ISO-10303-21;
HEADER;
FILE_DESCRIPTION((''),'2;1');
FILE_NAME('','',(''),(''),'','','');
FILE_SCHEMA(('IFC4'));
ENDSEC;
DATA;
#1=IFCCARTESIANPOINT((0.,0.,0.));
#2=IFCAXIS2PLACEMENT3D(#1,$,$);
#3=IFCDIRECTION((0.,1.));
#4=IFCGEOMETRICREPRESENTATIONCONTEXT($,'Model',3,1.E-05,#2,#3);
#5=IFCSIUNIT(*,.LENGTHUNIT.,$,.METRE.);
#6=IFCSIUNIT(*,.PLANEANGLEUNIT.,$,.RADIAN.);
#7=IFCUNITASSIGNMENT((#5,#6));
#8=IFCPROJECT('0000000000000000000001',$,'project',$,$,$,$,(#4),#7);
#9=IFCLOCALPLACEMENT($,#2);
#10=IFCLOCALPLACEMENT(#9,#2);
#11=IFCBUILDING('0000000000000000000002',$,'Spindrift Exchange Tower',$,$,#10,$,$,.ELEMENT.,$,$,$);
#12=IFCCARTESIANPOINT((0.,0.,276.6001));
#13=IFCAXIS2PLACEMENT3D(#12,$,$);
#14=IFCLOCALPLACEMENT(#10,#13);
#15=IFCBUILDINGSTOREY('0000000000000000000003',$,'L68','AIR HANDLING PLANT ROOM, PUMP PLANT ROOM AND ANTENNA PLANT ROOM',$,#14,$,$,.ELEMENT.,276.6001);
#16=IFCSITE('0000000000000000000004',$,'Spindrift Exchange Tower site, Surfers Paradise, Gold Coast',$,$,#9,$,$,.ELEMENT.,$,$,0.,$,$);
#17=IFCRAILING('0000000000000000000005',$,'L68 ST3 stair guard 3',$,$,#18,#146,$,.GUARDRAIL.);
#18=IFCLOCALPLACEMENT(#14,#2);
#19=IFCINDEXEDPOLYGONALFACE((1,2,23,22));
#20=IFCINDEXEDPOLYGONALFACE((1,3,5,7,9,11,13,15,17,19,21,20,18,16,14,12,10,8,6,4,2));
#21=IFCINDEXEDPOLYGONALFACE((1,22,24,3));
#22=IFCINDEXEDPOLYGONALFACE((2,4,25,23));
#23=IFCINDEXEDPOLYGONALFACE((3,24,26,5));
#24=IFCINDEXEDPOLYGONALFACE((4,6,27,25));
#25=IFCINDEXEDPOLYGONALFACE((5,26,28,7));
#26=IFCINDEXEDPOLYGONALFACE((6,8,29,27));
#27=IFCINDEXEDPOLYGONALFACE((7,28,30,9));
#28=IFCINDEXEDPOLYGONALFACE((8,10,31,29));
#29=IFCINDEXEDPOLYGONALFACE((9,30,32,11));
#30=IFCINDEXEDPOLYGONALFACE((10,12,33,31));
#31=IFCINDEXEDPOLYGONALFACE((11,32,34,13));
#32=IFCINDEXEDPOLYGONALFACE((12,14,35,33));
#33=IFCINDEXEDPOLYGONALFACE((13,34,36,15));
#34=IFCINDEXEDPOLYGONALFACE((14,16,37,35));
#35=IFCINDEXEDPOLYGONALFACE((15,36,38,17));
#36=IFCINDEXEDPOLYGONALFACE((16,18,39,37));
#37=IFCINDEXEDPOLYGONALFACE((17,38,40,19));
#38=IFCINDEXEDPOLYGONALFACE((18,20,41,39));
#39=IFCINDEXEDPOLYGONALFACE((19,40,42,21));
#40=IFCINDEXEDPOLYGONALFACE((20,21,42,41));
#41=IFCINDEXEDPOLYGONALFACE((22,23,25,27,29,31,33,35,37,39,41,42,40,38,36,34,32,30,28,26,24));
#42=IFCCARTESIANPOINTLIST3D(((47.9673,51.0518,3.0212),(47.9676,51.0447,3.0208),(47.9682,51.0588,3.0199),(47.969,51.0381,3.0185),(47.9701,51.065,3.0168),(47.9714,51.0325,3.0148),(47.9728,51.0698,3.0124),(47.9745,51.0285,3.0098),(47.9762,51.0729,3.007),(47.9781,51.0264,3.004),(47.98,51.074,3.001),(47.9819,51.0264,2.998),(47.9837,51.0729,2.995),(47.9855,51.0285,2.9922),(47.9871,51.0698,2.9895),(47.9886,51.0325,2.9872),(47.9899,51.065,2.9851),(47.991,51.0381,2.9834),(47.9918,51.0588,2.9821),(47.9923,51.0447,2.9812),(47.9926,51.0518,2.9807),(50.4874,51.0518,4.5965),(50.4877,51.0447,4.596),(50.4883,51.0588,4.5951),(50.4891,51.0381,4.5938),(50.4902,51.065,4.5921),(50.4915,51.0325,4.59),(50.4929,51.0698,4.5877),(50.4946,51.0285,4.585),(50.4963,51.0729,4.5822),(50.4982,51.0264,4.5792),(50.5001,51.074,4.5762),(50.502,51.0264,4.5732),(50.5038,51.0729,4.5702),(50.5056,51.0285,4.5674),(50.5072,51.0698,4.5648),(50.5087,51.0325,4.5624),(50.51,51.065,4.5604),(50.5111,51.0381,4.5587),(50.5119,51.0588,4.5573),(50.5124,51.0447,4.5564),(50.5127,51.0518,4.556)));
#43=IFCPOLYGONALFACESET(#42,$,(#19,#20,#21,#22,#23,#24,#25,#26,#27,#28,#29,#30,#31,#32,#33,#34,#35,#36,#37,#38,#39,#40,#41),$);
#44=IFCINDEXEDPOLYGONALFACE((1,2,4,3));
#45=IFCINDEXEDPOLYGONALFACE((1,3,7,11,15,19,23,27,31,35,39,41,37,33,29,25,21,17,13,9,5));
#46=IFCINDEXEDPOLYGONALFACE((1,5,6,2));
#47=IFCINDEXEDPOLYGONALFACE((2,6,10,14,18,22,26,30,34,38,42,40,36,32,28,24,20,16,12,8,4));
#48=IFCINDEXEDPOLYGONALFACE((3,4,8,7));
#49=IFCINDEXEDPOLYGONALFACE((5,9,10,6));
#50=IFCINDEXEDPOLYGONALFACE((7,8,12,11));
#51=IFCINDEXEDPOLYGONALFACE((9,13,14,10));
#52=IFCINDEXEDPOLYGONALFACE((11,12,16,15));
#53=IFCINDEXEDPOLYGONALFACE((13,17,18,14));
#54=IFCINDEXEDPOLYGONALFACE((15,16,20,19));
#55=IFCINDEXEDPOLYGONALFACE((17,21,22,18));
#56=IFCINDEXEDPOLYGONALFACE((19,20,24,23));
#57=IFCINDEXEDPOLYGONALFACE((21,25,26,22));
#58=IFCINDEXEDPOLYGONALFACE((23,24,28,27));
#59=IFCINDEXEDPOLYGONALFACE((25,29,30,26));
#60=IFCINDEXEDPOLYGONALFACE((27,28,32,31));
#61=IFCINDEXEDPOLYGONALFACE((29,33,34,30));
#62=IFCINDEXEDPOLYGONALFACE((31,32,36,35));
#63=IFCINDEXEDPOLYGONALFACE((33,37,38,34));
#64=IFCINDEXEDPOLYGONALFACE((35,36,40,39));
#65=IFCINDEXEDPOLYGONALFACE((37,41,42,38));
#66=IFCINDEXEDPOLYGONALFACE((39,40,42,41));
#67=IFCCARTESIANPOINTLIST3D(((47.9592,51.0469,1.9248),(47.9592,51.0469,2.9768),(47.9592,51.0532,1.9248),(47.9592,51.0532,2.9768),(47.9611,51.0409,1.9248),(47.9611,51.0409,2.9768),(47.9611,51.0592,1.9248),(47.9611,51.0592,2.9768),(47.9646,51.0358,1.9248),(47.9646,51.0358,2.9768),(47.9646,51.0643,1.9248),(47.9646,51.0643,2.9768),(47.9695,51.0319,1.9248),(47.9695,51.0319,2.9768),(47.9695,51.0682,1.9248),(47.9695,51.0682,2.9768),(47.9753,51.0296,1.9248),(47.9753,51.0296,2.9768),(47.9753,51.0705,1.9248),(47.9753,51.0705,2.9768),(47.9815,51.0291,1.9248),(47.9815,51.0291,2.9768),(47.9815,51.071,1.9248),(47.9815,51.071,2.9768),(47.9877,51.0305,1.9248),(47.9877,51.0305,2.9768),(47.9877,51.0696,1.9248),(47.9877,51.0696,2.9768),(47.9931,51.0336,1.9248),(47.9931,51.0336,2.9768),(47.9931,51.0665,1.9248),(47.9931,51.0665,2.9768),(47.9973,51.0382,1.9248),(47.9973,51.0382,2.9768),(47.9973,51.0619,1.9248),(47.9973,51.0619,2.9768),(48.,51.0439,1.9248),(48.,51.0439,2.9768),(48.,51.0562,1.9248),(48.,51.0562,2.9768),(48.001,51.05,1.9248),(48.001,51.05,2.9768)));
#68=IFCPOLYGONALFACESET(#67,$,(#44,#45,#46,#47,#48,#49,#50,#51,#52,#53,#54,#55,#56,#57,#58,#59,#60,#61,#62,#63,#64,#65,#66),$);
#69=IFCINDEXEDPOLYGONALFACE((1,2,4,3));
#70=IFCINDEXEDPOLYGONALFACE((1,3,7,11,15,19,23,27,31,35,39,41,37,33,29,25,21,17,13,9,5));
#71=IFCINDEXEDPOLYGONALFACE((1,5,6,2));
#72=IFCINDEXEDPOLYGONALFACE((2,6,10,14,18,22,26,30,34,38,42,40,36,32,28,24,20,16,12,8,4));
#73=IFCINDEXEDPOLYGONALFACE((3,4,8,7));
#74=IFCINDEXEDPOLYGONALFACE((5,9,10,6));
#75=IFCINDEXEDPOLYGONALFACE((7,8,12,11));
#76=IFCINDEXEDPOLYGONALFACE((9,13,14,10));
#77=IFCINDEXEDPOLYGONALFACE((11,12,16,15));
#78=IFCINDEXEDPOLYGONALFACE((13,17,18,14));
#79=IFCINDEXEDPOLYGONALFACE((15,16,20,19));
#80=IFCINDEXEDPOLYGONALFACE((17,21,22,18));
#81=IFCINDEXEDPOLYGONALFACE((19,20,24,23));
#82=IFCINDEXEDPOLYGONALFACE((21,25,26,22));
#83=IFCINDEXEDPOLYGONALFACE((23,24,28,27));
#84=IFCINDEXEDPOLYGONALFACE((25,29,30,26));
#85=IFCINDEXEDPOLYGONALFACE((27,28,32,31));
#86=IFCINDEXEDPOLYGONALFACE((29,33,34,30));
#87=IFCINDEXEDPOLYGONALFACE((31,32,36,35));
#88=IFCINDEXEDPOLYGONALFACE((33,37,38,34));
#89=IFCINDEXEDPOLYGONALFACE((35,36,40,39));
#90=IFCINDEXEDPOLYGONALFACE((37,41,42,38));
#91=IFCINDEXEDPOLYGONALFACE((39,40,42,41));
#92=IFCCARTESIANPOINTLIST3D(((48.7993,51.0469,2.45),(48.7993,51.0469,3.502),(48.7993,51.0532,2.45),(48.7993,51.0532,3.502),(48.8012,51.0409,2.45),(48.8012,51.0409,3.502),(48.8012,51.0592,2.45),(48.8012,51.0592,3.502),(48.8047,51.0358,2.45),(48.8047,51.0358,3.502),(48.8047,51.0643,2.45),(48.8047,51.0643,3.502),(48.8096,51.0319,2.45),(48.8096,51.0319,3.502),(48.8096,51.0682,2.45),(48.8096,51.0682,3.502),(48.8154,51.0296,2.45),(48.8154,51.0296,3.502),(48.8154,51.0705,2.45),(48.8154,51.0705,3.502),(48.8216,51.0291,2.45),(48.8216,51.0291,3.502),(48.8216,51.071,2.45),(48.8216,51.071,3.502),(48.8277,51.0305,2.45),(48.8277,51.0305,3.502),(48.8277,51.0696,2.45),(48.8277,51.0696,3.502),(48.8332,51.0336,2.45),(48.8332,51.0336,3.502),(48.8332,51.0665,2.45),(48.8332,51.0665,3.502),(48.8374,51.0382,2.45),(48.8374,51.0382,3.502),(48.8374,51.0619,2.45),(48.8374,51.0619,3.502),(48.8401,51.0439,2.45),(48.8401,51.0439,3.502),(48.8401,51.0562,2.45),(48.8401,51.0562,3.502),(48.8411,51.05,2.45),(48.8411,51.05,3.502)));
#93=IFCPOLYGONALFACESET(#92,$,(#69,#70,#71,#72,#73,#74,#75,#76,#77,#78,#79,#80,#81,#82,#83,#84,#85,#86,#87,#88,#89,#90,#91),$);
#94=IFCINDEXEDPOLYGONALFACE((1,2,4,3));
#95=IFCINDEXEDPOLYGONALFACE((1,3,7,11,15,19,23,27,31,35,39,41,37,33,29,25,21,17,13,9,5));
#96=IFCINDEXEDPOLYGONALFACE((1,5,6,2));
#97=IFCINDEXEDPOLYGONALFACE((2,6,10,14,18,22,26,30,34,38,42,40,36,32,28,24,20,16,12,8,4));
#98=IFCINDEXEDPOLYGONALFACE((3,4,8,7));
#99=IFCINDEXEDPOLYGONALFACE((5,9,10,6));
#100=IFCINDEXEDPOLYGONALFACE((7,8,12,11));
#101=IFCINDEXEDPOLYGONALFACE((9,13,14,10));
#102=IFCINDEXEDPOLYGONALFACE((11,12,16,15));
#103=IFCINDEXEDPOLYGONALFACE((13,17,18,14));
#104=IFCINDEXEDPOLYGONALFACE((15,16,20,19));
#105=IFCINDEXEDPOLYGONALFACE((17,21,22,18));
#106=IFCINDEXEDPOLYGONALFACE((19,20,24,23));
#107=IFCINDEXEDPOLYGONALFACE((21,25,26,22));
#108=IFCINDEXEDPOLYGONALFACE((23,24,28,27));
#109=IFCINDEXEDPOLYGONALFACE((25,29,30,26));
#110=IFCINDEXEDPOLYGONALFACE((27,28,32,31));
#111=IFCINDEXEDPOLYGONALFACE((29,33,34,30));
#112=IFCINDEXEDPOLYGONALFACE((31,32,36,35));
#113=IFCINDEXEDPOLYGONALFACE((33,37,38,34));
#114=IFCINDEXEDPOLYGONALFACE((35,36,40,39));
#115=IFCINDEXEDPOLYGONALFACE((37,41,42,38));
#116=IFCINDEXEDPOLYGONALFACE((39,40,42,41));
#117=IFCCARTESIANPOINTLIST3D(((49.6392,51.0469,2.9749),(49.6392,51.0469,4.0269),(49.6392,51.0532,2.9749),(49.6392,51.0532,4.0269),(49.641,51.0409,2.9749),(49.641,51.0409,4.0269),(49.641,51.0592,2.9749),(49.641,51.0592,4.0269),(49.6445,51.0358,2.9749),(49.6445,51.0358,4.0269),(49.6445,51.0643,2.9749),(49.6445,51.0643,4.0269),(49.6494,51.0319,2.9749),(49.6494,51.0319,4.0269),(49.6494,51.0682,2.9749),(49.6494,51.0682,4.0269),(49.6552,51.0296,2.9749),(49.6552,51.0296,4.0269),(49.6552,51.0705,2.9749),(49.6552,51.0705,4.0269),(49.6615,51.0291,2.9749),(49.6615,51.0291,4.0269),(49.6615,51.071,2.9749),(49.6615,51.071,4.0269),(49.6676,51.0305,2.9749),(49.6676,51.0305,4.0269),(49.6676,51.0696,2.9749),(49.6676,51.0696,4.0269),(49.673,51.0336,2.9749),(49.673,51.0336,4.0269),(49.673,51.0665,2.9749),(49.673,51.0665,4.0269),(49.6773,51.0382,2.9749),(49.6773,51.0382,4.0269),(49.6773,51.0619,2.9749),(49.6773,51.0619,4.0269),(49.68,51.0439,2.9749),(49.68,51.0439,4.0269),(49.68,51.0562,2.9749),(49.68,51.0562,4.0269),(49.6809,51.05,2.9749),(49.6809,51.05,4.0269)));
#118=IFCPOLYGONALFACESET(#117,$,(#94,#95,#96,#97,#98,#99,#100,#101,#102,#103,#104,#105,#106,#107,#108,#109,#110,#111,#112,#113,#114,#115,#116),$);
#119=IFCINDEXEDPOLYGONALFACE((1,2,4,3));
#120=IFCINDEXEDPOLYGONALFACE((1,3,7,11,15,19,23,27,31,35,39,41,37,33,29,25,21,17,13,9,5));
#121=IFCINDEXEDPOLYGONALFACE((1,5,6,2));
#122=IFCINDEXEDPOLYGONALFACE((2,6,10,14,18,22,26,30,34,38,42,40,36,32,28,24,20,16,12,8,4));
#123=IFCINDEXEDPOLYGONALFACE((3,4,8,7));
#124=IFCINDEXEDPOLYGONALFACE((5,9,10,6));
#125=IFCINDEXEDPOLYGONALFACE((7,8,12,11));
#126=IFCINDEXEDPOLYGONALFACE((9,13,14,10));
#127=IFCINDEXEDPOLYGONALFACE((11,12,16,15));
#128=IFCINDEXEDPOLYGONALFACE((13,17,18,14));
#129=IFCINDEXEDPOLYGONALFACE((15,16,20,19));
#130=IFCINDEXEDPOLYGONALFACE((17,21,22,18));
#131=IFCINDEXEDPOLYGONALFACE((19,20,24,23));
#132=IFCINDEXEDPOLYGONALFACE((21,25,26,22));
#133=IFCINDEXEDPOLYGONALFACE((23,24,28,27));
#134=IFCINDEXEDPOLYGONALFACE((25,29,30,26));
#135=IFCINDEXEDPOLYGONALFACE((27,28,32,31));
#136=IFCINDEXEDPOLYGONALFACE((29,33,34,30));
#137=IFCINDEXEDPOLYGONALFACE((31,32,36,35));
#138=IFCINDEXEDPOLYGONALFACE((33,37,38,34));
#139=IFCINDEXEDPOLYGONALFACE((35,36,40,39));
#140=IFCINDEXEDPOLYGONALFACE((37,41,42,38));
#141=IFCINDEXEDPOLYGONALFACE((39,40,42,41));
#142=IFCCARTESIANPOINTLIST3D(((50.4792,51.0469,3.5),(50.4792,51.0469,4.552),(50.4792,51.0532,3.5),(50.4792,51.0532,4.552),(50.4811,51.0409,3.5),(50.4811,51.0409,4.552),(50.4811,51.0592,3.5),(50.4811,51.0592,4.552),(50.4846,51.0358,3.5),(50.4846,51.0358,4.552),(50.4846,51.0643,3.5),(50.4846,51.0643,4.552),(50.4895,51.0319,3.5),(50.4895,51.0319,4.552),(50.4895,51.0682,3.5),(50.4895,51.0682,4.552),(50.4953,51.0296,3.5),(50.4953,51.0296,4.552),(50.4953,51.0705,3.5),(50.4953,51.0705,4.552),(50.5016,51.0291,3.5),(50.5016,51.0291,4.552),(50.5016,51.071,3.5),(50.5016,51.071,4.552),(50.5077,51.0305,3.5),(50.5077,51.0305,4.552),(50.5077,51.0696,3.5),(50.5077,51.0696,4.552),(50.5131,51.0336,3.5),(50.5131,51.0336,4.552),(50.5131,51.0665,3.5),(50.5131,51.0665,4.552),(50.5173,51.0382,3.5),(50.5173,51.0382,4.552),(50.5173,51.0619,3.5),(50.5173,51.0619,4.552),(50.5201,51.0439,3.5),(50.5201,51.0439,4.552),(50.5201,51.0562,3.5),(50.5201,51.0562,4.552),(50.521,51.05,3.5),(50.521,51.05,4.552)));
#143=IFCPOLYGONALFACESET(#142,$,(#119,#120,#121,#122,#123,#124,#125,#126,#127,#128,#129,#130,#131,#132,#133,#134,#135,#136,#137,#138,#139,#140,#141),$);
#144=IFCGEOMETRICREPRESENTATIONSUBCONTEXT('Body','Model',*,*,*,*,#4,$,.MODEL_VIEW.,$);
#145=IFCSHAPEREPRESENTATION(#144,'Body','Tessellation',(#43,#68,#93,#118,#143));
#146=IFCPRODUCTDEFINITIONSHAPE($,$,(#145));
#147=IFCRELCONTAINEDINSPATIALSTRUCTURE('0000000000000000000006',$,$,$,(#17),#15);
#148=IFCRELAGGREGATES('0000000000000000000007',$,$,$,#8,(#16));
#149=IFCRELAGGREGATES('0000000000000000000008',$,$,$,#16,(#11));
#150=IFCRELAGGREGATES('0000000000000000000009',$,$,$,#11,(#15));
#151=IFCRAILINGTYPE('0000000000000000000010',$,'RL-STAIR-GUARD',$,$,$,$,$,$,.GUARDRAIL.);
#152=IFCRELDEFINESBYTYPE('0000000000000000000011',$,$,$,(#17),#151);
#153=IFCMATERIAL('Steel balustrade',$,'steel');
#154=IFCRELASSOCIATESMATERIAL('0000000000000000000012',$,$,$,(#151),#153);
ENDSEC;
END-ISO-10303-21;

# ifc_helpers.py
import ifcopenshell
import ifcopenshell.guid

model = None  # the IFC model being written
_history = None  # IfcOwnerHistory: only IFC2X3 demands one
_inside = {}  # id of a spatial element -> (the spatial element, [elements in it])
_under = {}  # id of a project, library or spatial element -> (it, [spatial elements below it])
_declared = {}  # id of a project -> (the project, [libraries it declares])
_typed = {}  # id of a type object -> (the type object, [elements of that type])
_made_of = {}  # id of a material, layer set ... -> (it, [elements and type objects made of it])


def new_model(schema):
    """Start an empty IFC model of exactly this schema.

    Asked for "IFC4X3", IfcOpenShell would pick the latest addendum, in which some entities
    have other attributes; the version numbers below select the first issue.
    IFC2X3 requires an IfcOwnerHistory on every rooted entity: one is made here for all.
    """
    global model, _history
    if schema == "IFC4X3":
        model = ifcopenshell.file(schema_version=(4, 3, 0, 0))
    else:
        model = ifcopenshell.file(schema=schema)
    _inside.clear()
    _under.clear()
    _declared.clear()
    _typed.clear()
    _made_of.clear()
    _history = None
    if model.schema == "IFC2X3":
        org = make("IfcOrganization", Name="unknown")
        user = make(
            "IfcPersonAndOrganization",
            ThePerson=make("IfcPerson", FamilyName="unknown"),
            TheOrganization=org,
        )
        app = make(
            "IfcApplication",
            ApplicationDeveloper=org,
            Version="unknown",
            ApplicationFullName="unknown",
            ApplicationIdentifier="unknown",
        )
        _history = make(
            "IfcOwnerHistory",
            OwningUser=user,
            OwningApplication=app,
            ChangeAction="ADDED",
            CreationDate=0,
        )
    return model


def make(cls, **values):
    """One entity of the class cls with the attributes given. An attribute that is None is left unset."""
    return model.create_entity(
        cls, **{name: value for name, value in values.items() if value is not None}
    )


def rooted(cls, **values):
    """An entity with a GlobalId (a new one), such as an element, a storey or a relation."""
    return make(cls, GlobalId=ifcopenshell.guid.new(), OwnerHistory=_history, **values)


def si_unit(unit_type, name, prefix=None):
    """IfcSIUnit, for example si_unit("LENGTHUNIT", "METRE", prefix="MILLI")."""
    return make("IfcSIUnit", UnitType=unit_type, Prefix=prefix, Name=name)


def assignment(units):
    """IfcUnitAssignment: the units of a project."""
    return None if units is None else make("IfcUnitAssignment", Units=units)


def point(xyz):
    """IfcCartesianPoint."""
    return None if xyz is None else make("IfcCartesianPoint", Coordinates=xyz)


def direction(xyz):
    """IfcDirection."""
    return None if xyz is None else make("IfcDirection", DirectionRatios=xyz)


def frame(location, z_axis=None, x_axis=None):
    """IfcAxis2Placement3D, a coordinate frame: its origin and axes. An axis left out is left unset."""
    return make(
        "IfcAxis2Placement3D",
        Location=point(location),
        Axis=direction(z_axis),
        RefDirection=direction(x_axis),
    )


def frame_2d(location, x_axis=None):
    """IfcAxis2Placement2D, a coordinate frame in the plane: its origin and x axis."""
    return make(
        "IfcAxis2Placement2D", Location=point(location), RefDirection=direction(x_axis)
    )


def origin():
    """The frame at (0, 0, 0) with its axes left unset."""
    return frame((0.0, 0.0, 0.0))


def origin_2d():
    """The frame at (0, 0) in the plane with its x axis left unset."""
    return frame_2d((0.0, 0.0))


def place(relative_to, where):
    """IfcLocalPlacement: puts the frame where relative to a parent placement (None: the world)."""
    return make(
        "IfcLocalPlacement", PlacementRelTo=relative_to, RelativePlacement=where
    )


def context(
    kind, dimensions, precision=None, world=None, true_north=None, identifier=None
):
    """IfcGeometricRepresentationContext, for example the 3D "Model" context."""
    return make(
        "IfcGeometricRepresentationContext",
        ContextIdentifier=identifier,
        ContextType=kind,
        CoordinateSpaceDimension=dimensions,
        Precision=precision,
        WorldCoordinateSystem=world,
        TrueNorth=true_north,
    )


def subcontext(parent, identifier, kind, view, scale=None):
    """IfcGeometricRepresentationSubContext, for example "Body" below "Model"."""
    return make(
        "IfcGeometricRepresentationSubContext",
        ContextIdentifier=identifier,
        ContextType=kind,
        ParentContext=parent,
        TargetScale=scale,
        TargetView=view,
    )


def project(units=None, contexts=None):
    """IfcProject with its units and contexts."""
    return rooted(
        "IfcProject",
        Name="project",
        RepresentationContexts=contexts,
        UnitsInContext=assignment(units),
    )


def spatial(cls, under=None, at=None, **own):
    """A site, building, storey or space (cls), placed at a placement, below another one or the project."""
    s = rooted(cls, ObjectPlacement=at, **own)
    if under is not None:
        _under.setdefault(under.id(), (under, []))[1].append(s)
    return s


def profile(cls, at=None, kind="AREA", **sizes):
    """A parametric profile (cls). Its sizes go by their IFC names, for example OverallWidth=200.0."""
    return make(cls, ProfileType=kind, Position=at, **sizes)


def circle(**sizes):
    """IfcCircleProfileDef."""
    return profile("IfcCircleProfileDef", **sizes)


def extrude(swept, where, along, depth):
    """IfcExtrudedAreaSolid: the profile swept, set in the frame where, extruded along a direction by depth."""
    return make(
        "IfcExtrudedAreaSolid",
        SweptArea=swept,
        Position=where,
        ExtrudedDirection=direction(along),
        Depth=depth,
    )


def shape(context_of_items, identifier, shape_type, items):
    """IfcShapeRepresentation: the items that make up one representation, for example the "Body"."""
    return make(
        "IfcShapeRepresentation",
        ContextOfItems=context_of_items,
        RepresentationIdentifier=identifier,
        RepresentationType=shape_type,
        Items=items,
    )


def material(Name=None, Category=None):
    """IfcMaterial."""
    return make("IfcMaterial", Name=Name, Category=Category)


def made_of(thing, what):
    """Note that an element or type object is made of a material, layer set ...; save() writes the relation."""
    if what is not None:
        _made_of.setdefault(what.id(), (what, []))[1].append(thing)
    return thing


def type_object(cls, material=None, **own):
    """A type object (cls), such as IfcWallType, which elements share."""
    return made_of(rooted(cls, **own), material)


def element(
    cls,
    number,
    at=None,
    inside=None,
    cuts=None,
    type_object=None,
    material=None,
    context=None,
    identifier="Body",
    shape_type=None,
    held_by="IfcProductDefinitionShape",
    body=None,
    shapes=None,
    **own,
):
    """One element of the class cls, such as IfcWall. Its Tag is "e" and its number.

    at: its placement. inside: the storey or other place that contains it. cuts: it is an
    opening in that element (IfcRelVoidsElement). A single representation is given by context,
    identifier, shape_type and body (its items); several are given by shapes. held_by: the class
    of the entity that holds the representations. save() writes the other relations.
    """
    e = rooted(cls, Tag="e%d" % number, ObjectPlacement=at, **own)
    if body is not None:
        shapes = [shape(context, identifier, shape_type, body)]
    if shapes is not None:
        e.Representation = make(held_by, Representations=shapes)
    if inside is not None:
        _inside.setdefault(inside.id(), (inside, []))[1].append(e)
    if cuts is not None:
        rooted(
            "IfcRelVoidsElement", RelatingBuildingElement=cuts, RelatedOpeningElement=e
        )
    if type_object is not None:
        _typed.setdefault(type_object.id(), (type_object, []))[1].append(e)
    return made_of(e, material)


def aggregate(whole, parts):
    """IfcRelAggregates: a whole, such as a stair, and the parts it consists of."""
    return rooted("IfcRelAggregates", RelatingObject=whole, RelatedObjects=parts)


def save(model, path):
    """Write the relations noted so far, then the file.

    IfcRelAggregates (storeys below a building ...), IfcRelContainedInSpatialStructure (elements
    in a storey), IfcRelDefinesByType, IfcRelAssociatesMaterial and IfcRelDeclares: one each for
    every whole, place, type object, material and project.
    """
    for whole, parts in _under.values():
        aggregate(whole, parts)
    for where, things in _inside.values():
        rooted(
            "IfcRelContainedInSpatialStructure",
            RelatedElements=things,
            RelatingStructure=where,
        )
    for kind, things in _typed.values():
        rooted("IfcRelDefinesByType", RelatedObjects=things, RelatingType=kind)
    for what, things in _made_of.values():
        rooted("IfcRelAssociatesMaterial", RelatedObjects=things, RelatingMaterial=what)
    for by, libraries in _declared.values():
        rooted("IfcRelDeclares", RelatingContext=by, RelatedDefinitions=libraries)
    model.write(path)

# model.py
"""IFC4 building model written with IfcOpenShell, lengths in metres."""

from ifc_helpers import new_model, si_unit, direction, frame, origin, origin_2d, place, context, subcontext, project, spatial, circle, extrude, material, type_object, element, save


model = new_model("IFC4")

# Units and contexts
model_context = context("Model", 3, precision=1e-05, world=origin(), true_north=direction((0.0, 1.0)))
body_context = subcontext(model_context, "Body", "Model", "MODEL_VIEW")
ifc_project = project(units=[si_unit("LENGTHUNIT", "METRE"), si_unit("PLANEANGLEUNIT", "RADIAN")], contexts=[model_context])

# Site, building, storey
site_placement = place(None, origin())
site = spatial("IfcSite", under=ifc_project, at=site_placement, Name="Spindrift Exchange Tower site, Surfers Paradise, Gold Coast", CompositionType="ELEMENT", RefElevation=0.0)
building_placement = place(site_placement, origin())
building = spatial("IfcBuilding", under=site, at=building_placement, Name="Spindrift Exchange Tower", CompositionType="ELEMENT")
storey_placement = place(building_placement, frame((0.0, 0.0, 276.6001)))
storey = spatial("IfcBuildingStorey", under=building, at=storey_placement, Name="L68", Description="AIR HANDLING PLANT ROOM, PUMP PLANT ROOM AND ANTENNA PLANT ROOM", CompositionType="ELEMENT", Elevation=276.6001)

# Railing
ifc_material_1 = material(Name="Steel balustrade", Category="steel")
railing_type_1 = type_object("IfcRailingType", Name="RL-STAIR-GUARD", PredefinedType="GUARDRAIL", material=ifc_material_1)
railing_1_placement = place(storey_placement, frame((47.98, 51.05, 1.9248)))
element("IfcRailing", 1, at=railing_1_placement, inside=storey, type_object=railing_type_1, Name="L68 ST3 stair guard 3", PredefinedType="GUARDRAIL", context=body_context, shape_type="SweptSolid", body=[
    extrude(circle(Radius=0.0239, at=origin_2d()), frame((0.0, 0.0, 1.0762), z_axis=(0.847971, 0.0, 0.530043), x_axis=(0.0, 1.0, 0.0)), (0.0, 0.0, 1.0), 2.9719),
    extrude(circle(Radius=0.021, at=origin_2d()), origin(), (0.0, 0.0, 1.0), 1.052),
    extrude(circle(Radius=0.021, at=origin_2d()), frame((0.8401, 0.0, 0.5251)), (0.0, 0.0, 1.0), 1.052),
    extrude(circle(Radius=0.021, at=origin_2d()), frame((1.6799, 0.0, 1.05)), (0.0, 0.0, 1.0), 1.052),
    extrude(circle(Radius=0.021, at=origin_2d()), frame((2.52, 0.0, 1.5752)), (0.0, 0.0, 1.0), 1.052),
])

save(model, "model.ifc")
